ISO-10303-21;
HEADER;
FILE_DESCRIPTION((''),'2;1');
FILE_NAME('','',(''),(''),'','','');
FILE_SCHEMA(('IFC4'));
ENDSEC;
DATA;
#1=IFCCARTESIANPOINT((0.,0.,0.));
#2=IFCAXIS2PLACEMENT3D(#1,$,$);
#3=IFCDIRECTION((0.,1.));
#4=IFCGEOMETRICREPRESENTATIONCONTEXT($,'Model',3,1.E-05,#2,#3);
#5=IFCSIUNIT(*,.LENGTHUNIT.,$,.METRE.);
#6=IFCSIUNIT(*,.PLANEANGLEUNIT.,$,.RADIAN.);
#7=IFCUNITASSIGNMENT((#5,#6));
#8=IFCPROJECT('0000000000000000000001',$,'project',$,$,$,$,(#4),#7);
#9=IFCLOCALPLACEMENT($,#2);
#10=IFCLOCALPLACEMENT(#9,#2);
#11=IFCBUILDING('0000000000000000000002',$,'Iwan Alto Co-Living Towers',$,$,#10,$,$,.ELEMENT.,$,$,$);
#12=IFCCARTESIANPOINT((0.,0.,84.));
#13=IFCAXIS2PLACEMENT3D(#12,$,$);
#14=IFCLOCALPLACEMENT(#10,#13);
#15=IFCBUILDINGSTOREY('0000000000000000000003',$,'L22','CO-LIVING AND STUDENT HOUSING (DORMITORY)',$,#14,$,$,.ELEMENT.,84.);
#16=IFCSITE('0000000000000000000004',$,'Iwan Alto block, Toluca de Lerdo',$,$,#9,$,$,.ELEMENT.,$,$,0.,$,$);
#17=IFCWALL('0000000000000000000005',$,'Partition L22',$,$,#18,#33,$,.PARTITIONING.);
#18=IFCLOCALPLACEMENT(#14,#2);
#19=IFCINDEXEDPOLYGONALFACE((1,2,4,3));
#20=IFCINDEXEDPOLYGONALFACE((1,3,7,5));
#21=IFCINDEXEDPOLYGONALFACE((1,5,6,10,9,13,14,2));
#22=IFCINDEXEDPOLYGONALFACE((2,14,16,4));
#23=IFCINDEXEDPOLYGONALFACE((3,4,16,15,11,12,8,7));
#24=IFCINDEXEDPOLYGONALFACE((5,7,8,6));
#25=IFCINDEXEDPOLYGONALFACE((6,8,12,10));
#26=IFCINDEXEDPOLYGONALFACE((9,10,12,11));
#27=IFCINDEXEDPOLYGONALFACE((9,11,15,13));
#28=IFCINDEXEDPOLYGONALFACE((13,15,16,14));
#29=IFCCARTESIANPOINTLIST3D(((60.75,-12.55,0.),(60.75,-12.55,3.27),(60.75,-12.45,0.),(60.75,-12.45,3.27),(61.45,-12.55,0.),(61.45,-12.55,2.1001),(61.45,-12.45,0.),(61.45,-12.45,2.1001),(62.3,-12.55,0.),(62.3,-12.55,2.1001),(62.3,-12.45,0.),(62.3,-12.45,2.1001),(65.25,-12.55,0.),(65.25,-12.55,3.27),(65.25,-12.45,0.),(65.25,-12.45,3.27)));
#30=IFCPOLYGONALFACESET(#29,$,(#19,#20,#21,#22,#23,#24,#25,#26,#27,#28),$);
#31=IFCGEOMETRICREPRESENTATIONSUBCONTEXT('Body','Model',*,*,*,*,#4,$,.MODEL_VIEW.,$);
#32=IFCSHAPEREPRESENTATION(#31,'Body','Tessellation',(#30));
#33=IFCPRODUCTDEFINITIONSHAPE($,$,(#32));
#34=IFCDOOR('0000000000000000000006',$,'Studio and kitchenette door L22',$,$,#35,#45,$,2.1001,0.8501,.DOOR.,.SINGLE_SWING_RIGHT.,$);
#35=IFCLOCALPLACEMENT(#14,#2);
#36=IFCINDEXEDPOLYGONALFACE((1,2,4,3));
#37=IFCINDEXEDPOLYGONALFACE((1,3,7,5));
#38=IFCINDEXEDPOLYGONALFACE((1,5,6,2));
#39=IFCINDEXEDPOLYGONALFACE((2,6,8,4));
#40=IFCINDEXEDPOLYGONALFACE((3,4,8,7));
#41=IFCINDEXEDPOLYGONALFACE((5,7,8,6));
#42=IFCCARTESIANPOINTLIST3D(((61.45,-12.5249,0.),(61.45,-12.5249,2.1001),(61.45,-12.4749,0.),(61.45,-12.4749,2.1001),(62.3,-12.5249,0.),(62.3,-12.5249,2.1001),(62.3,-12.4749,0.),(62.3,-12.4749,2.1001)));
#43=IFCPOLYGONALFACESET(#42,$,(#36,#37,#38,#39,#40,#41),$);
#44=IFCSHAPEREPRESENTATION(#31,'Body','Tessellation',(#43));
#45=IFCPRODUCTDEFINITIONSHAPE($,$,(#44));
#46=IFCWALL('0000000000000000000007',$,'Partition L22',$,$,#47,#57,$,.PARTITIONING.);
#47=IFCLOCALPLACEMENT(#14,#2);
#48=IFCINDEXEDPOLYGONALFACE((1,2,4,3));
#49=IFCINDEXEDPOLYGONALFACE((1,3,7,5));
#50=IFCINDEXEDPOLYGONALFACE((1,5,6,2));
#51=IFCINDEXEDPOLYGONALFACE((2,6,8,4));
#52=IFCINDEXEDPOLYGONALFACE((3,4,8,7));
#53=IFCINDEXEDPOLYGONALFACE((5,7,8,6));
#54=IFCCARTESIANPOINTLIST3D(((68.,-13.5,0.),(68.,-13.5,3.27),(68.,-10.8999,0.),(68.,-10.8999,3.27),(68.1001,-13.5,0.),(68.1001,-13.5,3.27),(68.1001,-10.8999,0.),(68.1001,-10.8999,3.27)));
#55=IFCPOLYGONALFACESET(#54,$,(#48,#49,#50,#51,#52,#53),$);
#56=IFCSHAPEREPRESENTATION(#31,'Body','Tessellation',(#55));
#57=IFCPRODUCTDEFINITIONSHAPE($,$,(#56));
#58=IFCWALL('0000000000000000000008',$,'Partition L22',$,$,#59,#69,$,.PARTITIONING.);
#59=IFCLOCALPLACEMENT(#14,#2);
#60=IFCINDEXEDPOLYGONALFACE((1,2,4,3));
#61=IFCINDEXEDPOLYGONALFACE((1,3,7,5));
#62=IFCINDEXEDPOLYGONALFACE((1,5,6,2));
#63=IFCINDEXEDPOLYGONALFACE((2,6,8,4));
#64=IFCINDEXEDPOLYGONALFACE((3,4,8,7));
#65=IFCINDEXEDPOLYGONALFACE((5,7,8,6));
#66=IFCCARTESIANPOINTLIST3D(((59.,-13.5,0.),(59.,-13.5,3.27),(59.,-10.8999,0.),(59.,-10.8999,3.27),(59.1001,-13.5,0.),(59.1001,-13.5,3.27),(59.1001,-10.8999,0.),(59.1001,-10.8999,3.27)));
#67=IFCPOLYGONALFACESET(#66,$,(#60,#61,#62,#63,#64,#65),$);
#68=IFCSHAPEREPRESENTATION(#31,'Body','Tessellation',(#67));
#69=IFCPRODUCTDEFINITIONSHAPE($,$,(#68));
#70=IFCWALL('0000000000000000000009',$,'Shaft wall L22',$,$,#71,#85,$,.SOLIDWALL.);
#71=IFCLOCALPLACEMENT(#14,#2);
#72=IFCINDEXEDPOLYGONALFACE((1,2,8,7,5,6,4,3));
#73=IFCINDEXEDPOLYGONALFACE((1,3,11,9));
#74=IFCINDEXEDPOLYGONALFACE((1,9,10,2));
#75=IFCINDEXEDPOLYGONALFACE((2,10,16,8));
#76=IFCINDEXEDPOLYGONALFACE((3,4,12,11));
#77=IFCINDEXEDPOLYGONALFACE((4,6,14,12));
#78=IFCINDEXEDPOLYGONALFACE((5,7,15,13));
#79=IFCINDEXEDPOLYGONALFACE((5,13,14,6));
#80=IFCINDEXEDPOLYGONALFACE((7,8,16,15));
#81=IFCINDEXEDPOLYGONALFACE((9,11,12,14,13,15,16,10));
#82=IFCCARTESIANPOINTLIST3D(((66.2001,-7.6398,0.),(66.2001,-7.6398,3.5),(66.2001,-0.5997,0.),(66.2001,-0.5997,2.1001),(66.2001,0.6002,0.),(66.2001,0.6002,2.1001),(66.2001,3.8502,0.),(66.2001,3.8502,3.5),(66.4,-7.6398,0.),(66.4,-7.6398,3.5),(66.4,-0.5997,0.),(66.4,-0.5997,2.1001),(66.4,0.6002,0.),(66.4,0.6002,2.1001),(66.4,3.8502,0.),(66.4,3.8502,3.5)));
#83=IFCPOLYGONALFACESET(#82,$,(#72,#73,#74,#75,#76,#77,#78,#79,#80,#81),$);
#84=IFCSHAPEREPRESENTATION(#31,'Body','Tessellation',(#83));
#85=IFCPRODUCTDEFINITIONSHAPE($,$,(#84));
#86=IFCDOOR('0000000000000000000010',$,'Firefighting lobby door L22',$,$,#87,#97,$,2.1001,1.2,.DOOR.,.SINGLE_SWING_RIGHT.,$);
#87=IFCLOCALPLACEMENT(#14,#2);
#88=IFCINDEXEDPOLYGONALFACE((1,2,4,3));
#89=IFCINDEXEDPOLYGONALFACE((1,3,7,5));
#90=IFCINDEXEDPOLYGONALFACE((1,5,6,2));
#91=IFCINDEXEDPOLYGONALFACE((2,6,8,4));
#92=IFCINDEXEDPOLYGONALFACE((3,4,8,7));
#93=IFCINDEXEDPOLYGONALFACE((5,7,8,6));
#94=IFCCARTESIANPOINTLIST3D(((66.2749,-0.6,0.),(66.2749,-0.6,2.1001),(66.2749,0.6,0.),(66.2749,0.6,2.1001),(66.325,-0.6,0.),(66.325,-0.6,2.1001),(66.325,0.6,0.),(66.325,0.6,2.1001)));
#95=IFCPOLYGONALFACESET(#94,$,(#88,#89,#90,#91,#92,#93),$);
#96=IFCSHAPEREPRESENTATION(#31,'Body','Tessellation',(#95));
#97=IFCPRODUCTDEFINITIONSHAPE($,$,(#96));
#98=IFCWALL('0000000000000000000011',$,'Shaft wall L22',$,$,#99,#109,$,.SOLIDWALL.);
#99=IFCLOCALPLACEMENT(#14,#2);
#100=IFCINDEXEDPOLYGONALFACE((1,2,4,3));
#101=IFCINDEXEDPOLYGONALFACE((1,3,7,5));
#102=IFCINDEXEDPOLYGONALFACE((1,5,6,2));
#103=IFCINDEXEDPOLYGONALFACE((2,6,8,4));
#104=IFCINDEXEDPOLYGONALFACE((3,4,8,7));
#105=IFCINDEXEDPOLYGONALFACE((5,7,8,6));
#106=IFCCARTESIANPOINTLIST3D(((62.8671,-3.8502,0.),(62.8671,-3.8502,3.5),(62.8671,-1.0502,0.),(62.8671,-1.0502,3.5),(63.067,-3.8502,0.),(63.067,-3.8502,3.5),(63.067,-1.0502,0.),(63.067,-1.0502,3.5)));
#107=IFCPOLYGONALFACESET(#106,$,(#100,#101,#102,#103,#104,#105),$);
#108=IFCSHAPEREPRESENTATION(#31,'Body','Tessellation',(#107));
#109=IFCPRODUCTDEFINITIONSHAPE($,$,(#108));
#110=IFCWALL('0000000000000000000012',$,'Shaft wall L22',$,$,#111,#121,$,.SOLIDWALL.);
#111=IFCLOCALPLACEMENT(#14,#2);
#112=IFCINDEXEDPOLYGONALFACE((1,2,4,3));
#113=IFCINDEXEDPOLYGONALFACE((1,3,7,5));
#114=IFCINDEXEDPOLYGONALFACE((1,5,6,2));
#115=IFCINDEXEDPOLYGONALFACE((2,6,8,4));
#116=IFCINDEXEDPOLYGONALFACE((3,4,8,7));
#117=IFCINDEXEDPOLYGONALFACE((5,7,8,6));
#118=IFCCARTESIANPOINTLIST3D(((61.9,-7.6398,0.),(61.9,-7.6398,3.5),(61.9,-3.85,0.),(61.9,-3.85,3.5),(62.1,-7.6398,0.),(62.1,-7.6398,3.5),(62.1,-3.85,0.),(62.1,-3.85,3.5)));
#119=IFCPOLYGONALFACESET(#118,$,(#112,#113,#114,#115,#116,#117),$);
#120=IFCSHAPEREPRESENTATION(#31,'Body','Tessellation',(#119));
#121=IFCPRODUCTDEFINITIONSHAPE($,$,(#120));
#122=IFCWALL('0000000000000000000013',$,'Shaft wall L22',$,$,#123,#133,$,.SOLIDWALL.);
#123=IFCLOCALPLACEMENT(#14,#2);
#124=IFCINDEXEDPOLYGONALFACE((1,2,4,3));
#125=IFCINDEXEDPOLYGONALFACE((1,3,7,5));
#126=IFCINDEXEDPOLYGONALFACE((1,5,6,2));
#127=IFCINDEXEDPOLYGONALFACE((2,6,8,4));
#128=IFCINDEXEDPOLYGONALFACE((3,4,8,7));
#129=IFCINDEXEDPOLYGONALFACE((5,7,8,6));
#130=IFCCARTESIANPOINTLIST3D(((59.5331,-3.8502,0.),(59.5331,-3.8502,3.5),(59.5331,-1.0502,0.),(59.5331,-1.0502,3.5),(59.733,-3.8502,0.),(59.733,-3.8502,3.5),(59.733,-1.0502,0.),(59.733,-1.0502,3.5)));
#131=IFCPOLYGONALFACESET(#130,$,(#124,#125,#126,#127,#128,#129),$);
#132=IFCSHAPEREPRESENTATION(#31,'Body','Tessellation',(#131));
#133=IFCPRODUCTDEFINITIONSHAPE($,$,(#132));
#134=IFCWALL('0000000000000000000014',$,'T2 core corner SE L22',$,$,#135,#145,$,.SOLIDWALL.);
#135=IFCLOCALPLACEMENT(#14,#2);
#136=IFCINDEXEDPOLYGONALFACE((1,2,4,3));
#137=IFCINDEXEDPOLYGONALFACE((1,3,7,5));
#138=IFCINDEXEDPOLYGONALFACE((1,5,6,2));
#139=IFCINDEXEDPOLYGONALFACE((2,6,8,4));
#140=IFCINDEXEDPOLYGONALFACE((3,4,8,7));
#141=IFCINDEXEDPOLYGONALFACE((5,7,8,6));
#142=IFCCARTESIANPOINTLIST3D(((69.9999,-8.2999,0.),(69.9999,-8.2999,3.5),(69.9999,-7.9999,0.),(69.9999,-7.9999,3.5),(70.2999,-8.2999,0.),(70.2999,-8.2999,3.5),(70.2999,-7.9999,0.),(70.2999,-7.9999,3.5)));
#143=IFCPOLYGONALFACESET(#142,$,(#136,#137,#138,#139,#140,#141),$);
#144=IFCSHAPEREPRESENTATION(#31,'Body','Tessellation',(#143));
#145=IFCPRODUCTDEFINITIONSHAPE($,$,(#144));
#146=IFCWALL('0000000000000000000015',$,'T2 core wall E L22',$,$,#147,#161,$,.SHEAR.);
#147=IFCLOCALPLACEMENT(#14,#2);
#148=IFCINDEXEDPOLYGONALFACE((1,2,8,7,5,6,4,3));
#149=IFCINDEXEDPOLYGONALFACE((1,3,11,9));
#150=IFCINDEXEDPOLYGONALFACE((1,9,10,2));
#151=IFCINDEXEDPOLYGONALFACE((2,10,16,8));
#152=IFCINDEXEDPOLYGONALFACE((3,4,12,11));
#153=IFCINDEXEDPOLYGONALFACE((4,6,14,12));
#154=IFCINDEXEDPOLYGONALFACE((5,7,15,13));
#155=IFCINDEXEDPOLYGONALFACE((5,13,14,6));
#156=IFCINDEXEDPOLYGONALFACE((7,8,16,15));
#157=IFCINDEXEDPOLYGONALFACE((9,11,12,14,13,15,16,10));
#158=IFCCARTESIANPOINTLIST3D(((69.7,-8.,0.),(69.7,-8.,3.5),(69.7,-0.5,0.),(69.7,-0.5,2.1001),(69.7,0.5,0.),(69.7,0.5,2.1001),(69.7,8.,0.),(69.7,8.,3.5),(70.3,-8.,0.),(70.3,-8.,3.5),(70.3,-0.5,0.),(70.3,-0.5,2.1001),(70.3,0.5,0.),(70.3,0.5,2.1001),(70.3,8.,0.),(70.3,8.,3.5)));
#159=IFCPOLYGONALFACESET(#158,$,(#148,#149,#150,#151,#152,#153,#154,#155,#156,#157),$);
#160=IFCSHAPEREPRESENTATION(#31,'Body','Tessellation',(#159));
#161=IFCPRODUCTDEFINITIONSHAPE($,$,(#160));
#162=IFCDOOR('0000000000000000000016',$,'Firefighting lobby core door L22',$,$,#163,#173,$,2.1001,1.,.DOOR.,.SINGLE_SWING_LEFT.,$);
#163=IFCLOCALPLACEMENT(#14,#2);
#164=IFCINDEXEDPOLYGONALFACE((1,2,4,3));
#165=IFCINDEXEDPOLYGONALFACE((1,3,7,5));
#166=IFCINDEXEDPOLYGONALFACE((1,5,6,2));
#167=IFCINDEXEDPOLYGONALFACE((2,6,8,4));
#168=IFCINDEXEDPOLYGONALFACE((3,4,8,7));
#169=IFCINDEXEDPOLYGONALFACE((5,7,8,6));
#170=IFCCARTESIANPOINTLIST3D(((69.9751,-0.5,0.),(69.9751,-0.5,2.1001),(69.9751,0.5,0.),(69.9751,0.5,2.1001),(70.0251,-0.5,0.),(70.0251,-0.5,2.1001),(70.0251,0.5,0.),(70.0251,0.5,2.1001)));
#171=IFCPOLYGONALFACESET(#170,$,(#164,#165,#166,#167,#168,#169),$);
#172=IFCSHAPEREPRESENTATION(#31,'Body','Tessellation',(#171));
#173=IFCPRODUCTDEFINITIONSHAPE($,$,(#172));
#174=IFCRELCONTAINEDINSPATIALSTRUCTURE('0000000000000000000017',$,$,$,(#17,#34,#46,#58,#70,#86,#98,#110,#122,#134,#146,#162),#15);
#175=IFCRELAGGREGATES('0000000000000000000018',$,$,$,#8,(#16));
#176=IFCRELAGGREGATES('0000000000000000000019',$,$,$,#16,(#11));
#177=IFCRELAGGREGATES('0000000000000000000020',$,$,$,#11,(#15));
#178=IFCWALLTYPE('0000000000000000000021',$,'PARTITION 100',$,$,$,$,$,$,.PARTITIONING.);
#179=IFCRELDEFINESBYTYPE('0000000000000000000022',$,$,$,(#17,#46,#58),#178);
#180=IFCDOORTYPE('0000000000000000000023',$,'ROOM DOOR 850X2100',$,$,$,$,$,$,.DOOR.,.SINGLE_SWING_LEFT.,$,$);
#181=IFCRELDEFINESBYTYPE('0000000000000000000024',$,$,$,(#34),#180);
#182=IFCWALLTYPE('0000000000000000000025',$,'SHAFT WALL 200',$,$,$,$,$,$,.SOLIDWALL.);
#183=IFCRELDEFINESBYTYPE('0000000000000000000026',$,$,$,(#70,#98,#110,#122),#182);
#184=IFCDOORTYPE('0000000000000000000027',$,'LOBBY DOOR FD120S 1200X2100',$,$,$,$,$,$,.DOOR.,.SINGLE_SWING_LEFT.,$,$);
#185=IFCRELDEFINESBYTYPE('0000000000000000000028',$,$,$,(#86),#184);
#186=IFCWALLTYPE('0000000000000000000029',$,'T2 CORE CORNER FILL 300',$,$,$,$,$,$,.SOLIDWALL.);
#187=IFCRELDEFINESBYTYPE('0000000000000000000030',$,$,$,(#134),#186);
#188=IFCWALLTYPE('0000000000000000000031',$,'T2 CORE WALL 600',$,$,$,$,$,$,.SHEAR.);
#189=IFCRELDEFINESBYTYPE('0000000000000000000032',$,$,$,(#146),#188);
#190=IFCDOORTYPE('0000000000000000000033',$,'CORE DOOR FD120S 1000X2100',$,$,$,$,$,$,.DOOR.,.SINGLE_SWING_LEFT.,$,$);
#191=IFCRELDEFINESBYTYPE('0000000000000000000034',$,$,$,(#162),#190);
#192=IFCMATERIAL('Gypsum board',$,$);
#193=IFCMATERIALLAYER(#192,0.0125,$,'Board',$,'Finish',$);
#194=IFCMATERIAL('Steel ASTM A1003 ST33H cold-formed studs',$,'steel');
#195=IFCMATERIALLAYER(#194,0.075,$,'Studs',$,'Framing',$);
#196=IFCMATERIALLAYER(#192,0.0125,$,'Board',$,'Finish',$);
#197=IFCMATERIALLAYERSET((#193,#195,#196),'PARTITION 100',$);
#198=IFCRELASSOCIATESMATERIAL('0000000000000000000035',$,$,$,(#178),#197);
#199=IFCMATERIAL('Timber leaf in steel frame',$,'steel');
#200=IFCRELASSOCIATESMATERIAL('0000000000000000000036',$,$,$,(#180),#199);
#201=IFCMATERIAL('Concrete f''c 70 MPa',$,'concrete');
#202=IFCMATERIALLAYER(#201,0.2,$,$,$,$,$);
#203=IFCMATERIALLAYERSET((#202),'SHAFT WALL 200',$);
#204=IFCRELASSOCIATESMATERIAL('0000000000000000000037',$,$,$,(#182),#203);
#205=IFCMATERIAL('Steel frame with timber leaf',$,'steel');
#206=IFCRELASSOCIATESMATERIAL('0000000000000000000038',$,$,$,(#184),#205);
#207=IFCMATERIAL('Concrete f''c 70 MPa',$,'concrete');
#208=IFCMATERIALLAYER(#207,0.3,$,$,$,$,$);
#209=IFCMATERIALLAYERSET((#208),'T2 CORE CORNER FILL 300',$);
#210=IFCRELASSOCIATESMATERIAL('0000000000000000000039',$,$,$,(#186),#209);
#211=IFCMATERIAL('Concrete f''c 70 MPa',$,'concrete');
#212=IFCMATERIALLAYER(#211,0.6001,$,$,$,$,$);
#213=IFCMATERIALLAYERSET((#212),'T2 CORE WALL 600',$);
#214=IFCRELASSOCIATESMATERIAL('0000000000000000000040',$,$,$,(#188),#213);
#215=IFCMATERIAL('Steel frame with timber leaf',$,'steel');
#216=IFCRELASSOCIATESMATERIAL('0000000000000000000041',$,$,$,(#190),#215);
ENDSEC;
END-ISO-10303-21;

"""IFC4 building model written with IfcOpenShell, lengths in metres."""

from ifc_helpers import new_model, si_unit, direction, frame, frame_2d, origin, place, context, subcontext, project, spatial, rectangle, extrude, material, layer, layer_set, type_object, element, fill, save


model = new_model("IFC4")

# Units and contexts
model_context = context("Model", 3, precision=1e-05, world=origin(), true_north=direction((0.0, 1.0)))
body_context = subcontext(model_context, "Body", "Model", "MODEL_VIEW")
ifc_project = project(units=[si_unit("LENGTHUNIT", "METRE"), si_unit("PLANEANGLEUNIT", "RADIAN")], contexts=[model_context])

# Site, building, storey
site_placement = place(None, origin())
site = spatial("IfcSite", under=ifc_project, at=site_placement, Name="Iwan Alto block, Toluca de Lerdo", CompositionType="ELEMENT", RefElevation=0.0)
building_placement = place(site_placement, origin())
building = spatial("IfcBuilding", under=site, at=building_placement, Name="Iwan Alto Co-Living Towers", CompositionType="ELEMENT")
storey_placement = place(building_placement, frame((0.0, 0.0, 84.0)))
storey = spatial("IfcBuildingStorey", under=building, at=storey_placement, Name="L22", Description="CO-LIVING AND STUDENT HOUSING (DORMITORY)", CompositionType="ELEMENT", Elevation=84.0)

# Wall, opening, door
ifc_material_1 = material(Name="Gypsum board")
ifc_layer_1 = layer(ifc_material_1, 0.0125, Name="Board", Category="Finish")
ifc_material_2 = material(Name="Steel ASTM A1003 ST33H cold-formed studs", Category="steel")
ifc_layer_2 = layer(ifc_material_2, 0.075, Name="Studs", Category="Framing")
ifc_layer_3 = layer(ifc_material_1, 0.0125, Name="Board", Category="Finish")
ifc_layer_set_1 = layer_set([ifc_layer_1, ifc_layer_2, ifc_layer_3], Name="PARTITION 100")
wall_type_1 = type_object("IfcWallType", Name="PARTITION 100", PredefinedType="PARTITIONING", material=ifc_layer_set_1)
ifc_material_3 = material(Name="Timber leaf in steel frame", Category="steel")
door_type_1 = type_object("IfcDoorType", Name="ROOM DOOR 850X2100", OperationType="SINGLE_SWING_LEFT", PredefinedType="DOOR", material=ifc_material_3)
wall_1_placement = place(storey_placement, frame((60.75, -12.5, 0.0), z_axis=(0.0, 0.0, 1.0), x_axis=(1.0, 0.0, 0.0)))
wall_1 = element("IfcWall", 1, at=wall_1_placement, inside=storey, type_object=wall_type_1, Name="Partition L22", PredefinedType="PARTITIONING", context=body_context, shape_type="SweptSolid", body=[
    extrude(rectangle(XDim=4.5, YDim=0.1001, at=frame_2d((2.25, 0.0))), origin(), (0.0, 0.0, 1.0), 3.27),
])
opening_1_placement = place(wall_1_placement, frame((0.7, 0.0, 0.0)))
opening_1 = element("IfcOpeningElement", 2, at=opening_1_placement, cuts=wall_1, PredefinedType="OPENING", context=body_context, shape_type="SweptSolid", body=[
    extrude(rectangle(XDim=0.8501, YDim=2.1001, at=frame_2d((0.425, 1.05))), frame((0.0, 0.0601, 0.0), z_axis=(0.0, -1.0, 0.0), x_axis=(1.0, 0.0, 0.0)), (0.0, 0.0, 1.0), 0.1201),
])
door_1_placement = place(opening_1_placement, frame((0.8501, 0.0, 0.0), z_axis=(0.0, 0.0, 1.0), x_axis=(-1.0, 0.0, 0.0)))
door_1 = element("IfcDoor", 3, at=door_1_placement, inside=storey, type_object=door_type_1, Name="Studio and kitchenette door L22", OperationType="SINGLE_SWING_RIGHT", OverallHeight=2.1001, OverallWidth=0.8501, PredefinedType="DOOR", context=body_context, shape_type="SweptSolid", body=[
    extrude(rectangle(XDim=0.8501, YDim=2.1001, at=frame_2d((0.425, 1.05))), frame((0.0, 0.0249, 0.0), z_axis=(0.0, -1.0, 0.0), x_axis=(1.0, 0.0, 0.0)), (0.0, 0.0, 1.0), 0.05),
])
fill(opening_1, door_1)

# Walls
for number, where, z_axis, x_axis, name in (
    (4, (68.05, -13.5, 0.0), (0.0, 0.0, 1.0), (0.0, 1.0, 0.0), "Partition L22"),
    (5, (59.05, -13.5, 0.0), (0.0, 0.0, 1.0), (0.0, 1.0, 0.0), "Partition L22"),
):
    element("IfcWall", number, at=place(storey_placement, frame(where, z_axis=z_axis, x_axis=x_axis)), inside=storey, type_object=wall_type_1, Name=name, PredefinedType="PARTITIONING", context=body_context, shape_type="SweptSolid", body=[
        extrude(rectangle(XDim=2.6001, YDim=0.1001, at=frame_2d((1.3, 0.0))), origin(), (0.0, 0.0, 1.0), 3.27),
    ])

# Wall, opening, door
ifc_material_4 = material(Name="Concrete f'c 70 MPa", Category="concrete")
ifc_layer_4 = layer(ifc_material_4, 0.2)
ifc_layer_set_2 = layer_set([ifc_layer_4], Name="SHAFT WALL 200")
wall_type_2 = type_object("IfcWallType", Name="SHAFT WALL 200", PredefinedType="SOLIDWALL", material=ifc_layer_set_2)
wall_2_placement = place(storey_placement, frame((66.3, -7.6399, 0.0), z_axis=(0.0, 0.0, 1.0), x_axis=(0.0, 1.0, 0.0)))
wall_2 = element("IfcWall", 6, at=wall_2_placement, inside=storey, type_object=wall_type_2, Name="Shaft wall L22", PredefinedType="SOLIDWALL", context=body_context, shape_type="SweptSolid", body=[
    extrude(rectangle(XDim=11.49, YDim=0.2, at=frame_2d((5.7451, 0.0))), origin(), (0.0, 0.0, 1.0), 3.5),
])
opening_2_placement = place(wall_2_placement, frame((7.04, 0.0, 0.0)))
opening_2 = element("IfcOpeningElement", 7, at=opening_2_placement, cuts=wall_2, PredefinedType="OPENING", context=body_context, shape_type="SweptSolid", body=[
    extrude(rectangle(XDim=1.2, YDim=2.1001, at=frame_2d((0.6001, 1.05))), frame((0.0, 0.1099, 0.0), z_axis=(0.0, -1.0, 0.0), x_axis=(1.0, 0.0, 0.0)), (0.0, 0.0, 1.0), 0.22),
])
ifc_material_5 = material(Name="Steel frame with timber leaf", Category="steel")
door_type_2 = type_object("IfcDoorType", Name="LOBBY DOOR FD120S 1200X2100", OperationType="SINGLE_SWING_LEFT", PredefinedType="DOOR", material=ifc_material_5)
door_2_placement = place(opening_2_placement, frame((1.2, 0.0, 0.0), z_axis=(0.0, 0.0, 1.0), x_axis=(-1.0, 0.0, 0.0)))
door_2 = element("IfcDoor", 8, at=door_2_placement, inside=storey, type_object=door_type_2, Name="Firefighting lobby door L22", OperationType="SINGLE_SWING_RIGHT", OverallHeight=2.1001, OverallWidth=1.2, PredefinedType="DOOR", context=body_context, shape_type="SweptSolid", body=[
    extrude(rectangle(XDim=1.2, YDim=2.1001, at=frame_2d((0.6001, 1.05))), frame((0.0, 0.0249, 0.0), z_axis=(0.0, -1.0, 0.0), x_axis=(1.0, 0.0, 0.0)), (0.0, 0.0, 1.0), 0.05),
])
fill(opening_2, door_2)

# Walls
wall_3_placement = place(storey_placement, frame((62.967, -3.8501, 0.0), z_axis=(0.0, 0.0, 1.0), x_axis=(0.0, 1.0, 0.0)))
element("IfcWall", 9, at=wall_3_placement, inside=storey, type_object=wall_type_2, Name="Shaft wall L22", PredefinedType="SOLIDWALL", context=body_context, shape_type="SweptSolid", body=[
    extrude(rectangle(XDim=2.8, YDim=0.2, at=frame_2d((1.3999, 0.0))), origin(), (0.0, 0.0, 1.0), 3.5),
])
wall_4_placement = place(storey_placement, frame((62.0, -7.6399, 0.0), z_axis=(0.0, 0.0, 1.0), x_axis=(0.0, 1.0, 0.0)))
element("IfcWall", 10, at=wall_4_placement, inside=storey, type_object=wall_type_2, Name="Shaft wall L22", PredefinedType="SOLIDWALL", context=body_context, shape_type="SweptSolid", body=[
    extrude(rectangle(XDim=3.7898, YDim=0.2, at=frame_2d((1.895, 0.0))), origin(), (0.0, 0.0, 1.0), 3.5),
])
wall_5_placement = place(storey_placement, frame((59.6331, -3.8501, 0.0), z_axis=(0.0, 0.0, 1.0), x_axis=(0.0, 1.0, 0.0)))
element("IfcWall", 11, at=wall_5_placement, inside=storey, type_object=wall_type_2, Name="Shaft wall L22", PredefinedType="SOLIDWALL", context=body_context, shape_type="SweptSolid", body=[
    extrude(rectangle(XDim=2.8, YDim=0.2, at=frame_2d((1.3999, 0.0))), origin(), (0.0, 0.0, 1.0), 3.5),
])
ifc_material_6 = material(Name="Concrete f'c 70 MPa", Category="concrete")
ifc_layer_5 = layer(ifc_material_6, 0.3)
ifc_layer_set_3 = layer_set([ifc_layer_5], Name="T2 CORE CORNER FILL 300")
wall_type_3 = type_object("IfcWallType", Name="T2 CORE CORNER FILL 300", PredefinedType="SOLIDWALL", material=ifc_layer_set_3)
wall_6_placement = place(storey_placement, frame((70.0, -8.1499, 0.0), z_axis=(0.0, 0.0, 1.0), x_axis=(1.0, 0.0, 0.0)))
element("IfcWall", 12, at=wall_6_placement, inside=storey, type_object=wall_type_3, Name="T2 core corner SE L22", PredefinedType="SOLIDWALL", context=body_context, shape_type="SweptSolid", body=[
    extrude(rectangle(XDim=0.3, YDim=0.3, at=frame_2d((0.1499, 0.0))), origin(), (0.0, 0.0, 1.0), 3.5),
])

# Wall, opening, door
ifc_material_7 = material(Name="Concrete f'c 70 MPa", Category="concrete")
ifc_layer_6 = layer(ifc_material_7, 0.6001)
ifc_layer_set_4 = layer_set([ifc_layer_6], Name="T2 CORE WALL 600")
wall_type_4 = type_object("IfcWallType", Name="T2 CORE WALL 600", PredefinedType="SHEAR", material=ifc_layer_set_4)
wall_7_placement = place(storey_placement, frame((70.0, -8.0, 0.0), z_axis=(0.0, 0.0, 1.0), x_axis=(0.0, 1.0, 0.0)))
wall_7 = element("IfcWall", 13, at=wall_7_placement, inside=storey, type_object=wall_type_4, Name="T2 core wall E L22", PredefinedType="SHEAR", context=body_context, shape_type="SweptSolid", body=[
    extrude(rectangle(XDim=16.0, YDim=0.6001, at=frame_2d((8.0, 0.0))), origin(), (0.0, 0.0, 1.0), 3.5),
])
opening_3_placement = place(wall_7_placement, frame((7.5, 0.0, 0.0)))
opening_3 = element("IfcOpeningElement", 14, at=opening_3_placement, cuts=wall_7, PredefinedType="OPENING", context=body_context, shape_type="SweptSolid", body=[
    extrude(rectangle(XDim=1.0, YDim=2.1001, at=frame_2d((0.5, 1.05))), frame((0.0, 0.3101, 0.0), z_axis=(0.0, -1.0, 0.0), x_axis=(1.0, 0.0, 0.0)), (0.0, 0.0, 1.0), 0.6201),
])
ifc_material_8 = material(Name="Steel frame with timber leaf", Category="steel")
door_type_3 = type_object("IfcDoorType", Name="CORE DOOR FD120S 1000X2100", OperationType="SINGLE_SWING_LEFT", PredefinedType="DOOR", material=ifc_material_8)
door_3_placement = place(opening_3_placement, origin())
door_3 = element("IfcDoor", 15, at=door_3_placement, inside=storey, type_object=door_type_3, Name="Firefighting lobby core door L22", OperationType="SINGLE_SWING_LEFT", OverallHeight=2.1001, OverallWidth=1.0, PredefinedType="DOOR", context=body_context, shape_type="SweptSolid", body=[
    extrude(rectangle(XDim=1.0, YDim=2.1001, at=frame_2d((0.5, 1.05))), frame((0.0, 0.0249, 0.0), z_axis=(0.0, -1.0, 0.0), x_axis=(1.0, 0.0, 0.0)), (0.0, 0.0, 1.0), 0.05),
])
fill(opening_3, door_3)

save(model, "model.ifc")
